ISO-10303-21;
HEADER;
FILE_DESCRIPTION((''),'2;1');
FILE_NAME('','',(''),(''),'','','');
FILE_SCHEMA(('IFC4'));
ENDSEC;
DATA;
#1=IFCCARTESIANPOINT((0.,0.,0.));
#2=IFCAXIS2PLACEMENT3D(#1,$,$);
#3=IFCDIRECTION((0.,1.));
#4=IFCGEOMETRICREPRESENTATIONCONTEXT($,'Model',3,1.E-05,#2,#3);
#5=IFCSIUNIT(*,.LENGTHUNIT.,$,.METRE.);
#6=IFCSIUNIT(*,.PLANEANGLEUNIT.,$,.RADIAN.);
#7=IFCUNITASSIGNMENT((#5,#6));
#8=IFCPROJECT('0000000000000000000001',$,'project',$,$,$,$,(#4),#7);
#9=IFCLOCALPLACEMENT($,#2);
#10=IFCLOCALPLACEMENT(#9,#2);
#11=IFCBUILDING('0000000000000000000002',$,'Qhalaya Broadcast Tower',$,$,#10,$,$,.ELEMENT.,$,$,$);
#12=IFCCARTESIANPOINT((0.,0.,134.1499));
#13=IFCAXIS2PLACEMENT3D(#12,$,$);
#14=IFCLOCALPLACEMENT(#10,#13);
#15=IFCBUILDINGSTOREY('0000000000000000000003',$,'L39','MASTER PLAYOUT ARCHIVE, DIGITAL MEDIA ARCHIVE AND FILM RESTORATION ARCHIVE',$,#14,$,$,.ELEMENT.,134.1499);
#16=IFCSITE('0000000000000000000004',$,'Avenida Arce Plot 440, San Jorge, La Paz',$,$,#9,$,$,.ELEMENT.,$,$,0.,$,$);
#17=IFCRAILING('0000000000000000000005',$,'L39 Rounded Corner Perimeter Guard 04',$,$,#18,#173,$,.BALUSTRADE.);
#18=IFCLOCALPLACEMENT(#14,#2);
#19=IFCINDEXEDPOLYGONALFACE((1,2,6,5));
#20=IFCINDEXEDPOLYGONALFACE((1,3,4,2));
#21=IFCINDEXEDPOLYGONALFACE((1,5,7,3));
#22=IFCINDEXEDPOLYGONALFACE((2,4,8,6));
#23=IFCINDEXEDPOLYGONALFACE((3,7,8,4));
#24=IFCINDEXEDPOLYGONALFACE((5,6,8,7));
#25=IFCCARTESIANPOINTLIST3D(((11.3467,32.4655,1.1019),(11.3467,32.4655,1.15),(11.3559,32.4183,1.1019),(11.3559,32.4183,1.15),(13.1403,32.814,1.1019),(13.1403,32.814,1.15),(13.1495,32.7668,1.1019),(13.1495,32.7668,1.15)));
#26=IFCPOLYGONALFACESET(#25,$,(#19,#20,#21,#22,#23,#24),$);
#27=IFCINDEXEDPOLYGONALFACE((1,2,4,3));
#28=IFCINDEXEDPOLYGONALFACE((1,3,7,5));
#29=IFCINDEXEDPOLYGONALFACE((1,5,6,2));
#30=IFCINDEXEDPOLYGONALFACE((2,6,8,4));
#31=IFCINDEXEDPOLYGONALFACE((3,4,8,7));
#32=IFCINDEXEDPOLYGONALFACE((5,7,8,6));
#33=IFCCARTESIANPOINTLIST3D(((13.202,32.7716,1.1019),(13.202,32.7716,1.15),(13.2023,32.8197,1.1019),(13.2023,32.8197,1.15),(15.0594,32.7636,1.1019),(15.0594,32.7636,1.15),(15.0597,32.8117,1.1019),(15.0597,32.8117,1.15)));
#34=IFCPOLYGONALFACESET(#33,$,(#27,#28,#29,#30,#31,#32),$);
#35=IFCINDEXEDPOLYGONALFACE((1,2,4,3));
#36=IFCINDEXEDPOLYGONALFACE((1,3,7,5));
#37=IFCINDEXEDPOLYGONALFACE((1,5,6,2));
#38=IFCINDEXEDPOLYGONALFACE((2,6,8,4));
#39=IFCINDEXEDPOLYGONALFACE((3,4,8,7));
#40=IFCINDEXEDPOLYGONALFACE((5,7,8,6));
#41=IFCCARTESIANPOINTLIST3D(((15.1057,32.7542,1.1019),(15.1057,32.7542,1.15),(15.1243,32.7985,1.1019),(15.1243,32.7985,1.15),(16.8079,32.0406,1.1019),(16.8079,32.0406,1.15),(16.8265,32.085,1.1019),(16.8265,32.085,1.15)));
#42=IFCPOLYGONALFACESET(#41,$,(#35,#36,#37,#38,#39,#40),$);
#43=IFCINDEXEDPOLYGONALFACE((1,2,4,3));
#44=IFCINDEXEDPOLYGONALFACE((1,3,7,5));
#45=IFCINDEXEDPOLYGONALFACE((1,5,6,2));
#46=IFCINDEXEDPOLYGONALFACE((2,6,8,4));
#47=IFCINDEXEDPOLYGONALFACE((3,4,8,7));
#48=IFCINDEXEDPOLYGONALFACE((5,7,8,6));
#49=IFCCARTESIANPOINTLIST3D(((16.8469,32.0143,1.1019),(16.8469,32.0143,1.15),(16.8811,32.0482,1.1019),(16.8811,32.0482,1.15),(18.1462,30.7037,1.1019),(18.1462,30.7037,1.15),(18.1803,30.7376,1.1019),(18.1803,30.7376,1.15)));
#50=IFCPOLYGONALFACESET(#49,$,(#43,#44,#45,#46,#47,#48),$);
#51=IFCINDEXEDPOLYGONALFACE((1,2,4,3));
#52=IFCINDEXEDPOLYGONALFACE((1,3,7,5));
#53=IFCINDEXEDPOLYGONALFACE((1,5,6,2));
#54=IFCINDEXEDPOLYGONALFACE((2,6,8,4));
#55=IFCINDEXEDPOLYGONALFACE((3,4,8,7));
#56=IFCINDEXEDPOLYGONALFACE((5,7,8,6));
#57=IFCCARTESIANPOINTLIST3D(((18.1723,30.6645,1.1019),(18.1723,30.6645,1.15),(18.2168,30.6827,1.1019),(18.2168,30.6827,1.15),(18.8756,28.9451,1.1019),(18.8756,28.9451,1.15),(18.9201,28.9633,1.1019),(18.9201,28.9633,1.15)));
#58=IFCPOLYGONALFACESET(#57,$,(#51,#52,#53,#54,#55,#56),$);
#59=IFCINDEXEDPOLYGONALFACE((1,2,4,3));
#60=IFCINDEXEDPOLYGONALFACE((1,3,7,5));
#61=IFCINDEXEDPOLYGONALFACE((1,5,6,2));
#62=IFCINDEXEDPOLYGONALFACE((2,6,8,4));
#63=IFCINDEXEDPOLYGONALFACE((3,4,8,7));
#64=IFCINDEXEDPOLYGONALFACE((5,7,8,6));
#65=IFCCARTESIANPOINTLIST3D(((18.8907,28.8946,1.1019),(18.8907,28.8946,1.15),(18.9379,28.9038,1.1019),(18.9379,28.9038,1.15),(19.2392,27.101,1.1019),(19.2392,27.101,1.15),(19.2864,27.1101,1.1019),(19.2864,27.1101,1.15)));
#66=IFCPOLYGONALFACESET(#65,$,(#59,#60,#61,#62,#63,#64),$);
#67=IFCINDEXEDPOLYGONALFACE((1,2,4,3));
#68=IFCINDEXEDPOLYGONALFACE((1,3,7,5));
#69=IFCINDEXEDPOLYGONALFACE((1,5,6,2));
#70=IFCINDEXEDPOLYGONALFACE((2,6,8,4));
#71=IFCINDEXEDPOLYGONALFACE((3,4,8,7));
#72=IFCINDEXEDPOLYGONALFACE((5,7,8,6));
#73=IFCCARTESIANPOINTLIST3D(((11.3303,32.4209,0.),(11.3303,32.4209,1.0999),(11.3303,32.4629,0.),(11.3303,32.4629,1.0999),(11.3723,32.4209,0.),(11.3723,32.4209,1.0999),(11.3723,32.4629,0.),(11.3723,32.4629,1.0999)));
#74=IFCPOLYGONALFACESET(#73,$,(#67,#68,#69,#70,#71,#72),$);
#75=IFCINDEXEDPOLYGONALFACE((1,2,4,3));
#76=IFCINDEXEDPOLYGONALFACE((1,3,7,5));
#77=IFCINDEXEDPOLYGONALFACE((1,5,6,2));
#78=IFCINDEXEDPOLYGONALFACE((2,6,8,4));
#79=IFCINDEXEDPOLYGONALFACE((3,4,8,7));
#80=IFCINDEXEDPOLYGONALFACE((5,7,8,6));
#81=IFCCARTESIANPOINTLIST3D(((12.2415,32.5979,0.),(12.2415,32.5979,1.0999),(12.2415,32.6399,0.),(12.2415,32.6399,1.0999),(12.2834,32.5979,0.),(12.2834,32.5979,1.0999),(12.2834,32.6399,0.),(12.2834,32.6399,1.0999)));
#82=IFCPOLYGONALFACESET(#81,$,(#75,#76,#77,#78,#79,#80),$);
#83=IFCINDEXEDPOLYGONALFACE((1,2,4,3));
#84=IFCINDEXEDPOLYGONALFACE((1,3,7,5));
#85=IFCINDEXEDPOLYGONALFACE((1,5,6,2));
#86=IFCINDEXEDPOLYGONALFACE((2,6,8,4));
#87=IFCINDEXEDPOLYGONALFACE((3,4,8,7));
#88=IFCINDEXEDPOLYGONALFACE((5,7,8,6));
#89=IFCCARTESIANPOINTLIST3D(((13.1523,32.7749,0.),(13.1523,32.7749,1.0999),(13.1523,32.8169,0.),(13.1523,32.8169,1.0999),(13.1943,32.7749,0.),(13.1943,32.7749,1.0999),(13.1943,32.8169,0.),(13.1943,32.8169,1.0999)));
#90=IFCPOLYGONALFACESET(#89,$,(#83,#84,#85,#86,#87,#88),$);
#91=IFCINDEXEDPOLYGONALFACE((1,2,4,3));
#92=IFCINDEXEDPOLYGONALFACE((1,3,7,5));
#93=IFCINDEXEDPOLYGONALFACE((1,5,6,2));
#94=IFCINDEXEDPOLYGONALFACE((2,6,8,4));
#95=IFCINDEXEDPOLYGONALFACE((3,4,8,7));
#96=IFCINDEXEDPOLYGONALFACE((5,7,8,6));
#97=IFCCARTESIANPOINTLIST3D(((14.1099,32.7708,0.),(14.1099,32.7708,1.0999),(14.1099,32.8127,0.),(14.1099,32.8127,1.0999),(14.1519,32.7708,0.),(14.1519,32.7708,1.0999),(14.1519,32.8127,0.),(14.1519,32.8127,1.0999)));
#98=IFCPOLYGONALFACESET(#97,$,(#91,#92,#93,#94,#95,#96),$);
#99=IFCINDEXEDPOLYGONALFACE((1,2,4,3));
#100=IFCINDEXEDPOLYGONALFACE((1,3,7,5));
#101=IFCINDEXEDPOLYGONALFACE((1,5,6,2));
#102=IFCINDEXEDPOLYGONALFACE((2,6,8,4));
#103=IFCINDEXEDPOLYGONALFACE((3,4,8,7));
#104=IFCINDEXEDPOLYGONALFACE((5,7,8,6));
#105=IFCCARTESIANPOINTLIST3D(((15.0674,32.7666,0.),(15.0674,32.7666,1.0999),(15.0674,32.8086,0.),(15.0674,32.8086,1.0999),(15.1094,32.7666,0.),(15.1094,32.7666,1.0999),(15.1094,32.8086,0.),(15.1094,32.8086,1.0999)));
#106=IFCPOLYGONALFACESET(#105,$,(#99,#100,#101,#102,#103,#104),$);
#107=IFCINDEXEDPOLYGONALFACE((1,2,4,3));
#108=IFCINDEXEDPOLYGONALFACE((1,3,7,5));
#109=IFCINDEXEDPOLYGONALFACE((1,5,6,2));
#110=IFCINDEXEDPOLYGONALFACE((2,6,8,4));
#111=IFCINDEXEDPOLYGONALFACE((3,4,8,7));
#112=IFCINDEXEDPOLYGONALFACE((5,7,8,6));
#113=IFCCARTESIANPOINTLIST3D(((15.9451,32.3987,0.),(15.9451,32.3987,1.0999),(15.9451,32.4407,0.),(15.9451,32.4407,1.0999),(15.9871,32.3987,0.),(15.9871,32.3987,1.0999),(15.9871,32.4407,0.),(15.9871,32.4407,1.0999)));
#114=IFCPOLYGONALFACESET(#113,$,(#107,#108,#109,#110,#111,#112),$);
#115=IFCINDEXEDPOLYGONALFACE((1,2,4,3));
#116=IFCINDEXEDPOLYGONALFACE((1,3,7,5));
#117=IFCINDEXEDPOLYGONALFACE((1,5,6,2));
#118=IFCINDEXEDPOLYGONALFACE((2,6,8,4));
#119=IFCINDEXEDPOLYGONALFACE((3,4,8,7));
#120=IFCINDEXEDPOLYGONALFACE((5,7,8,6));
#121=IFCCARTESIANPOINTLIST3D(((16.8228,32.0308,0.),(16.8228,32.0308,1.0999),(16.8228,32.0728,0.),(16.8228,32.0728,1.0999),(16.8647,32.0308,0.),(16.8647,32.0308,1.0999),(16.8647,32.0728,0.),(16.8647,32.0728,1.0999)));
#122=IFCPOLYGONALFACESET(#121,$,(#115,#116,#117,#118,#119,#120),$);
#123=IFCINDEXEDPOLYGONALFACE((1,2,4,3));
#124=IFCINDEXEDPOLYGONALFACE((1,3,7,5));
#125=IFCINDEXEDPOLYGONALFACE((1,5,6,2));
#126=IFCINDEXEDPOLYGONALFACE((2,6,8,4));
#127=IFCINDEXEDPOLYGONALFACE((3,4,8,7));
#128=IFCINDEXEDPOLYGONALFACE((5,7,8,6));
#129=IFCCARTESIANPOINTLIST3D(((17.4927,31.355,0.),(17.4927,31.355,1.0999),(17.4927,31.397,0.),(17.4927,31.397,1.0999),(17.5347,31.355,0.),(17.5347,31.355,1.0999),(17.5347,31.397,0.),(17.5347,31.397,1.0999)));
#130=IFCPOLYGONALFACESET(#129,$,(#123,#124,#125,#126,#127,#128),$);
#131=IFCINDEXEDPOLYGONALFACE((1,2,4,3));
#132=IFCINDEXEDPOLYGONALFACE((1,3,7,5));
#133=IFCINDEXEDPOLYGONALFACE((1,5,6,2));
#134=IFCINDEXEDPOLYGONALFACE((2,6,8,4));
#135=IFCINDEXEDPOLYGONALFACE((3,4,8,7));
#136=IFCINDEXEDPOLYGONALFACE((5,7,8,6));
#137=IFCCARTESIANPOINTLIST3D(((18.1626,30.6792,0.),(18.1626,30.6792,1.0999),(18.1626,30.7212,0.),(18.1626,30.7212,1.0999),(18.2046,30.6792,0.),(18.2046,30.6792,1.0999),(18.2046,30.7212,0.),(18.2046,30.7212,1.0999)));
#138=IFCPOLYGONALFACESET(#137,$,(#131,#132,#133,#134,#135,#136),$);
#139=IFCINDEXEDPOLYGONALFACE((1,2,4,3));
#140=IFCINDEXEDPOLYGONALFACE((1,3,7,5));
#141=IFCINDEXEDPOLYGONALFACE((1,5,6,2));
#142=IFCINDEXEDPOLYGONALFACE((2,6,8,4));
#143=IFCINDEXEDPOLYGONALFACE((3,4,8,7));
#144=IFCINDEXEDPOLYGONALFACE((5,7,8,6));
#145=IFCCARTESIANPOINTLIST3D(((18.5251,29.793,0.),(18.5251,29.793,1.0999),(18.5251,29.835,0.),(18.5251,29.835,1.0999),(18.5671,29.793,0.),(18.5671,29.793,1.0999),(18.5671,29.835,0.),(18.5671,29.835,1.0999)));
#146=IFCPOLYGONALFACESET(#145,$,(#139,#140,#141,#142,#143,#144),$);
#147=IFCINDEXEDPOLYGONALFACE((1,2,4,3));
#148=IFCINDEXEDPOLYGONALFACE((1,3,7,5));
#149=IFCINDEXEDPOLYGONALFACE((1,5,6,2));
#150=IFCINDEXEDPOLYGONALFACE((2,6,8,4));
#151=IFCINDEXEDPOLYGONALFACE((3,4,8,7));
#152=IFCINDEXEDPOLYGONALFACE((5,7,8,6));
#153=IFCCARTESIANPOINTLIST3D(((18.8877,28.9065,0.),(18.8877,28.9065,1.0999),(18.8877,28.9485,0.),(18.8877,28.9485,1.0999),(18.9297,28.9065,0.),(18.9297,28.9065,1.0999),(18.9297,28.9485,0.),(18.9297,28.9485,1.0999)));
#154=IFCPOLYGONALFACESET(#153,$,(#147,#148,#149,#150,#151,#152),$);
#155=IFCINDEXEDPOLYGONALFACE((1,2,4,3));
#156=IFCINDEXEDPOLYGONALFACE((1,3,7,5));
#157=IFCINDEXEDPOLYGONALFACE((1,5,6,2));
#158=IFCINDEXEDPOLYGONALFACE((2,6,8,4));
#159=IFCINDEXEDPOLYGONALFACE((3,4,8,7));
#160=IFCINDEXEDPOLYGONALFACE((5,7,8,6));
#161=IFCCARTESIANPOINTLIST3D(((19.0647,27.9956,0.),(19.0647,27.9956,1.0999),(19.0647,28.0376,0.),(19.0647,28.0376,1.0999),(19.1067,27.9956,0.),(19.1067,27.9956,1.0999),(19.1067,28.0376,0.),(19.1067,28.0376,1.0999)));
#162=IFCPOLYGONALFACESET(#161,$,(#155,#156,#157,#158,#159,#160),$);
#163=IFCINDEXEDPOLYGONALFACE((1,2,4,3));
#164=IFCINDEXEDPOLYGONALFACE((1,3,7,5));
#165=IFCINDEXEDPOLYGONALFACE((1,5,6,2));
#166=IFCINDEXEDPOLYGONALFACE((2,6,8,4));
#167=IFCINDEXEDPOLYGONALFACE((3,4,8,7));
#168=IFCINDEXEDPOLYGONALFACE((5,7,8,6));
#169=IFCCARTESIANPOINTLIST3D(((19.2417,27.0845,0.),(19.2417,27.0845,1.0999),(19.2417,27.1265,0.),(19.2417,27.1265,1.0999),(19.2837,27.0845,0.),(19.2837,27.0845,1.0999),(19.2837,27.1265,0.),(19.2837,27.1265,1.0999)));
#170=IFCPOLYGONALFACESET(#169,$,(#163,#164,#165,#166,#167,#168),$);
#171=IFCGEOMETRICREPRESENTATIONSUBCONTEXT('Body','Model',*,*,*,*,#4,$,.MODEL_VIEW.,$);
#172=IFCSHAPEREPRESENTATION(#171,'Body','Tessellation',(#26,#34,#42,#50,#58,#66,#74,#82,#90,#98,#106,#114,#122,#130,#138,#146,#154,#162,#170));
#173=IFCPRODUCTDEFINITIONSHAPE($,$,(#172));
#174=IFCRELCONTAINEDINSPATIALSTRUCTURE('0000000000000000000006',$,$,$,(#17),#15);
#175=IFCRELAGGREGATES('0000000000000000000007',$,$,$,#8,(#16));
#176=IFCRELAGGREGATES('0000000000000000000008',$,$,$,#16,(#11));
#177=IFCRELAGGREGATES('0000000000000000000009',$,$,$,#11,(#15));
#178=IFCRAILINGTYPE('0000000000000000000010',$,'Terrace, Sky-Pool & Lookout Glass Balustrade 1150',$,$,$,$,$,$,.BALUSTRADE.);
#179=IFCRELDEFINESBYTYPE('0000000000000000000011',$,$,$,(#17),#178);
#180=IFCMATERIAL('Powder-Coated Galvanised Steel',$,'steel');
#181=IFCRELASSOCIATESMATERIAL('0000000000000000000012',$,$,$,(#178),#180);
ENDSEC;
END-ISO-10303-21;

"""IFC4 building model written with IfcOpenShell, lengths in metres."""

from ifc_helpers import new_model, si_unit, direction, frame, origin, origin_2d, place, context, subcontext, project, spatial, rectangle, extrude, material, type_object, element, save


model = new_model("IFC4")

# Units and contexts
model_context = context("Model", 3, precision=1e-05, world=origin(), true_north=direction((0.0, 1.0)))
body_context = subcontext(model_context, "Body", "Model", "MODEL_VIEW")
ifc_project = project(units=[si_unit("LENGTHUNIT", "METRE"), si_unit("PLANEANGLEUNIT", "RADIAN")], contexts=[model_context])

# Site, building, storey
site_placement = place(None, origin())
site = spatial("IfcSite", under=ifc_project, at=site_placement, Name="Avenida Arce Plot 440, San Jorge, La Paz", CompositionType="ELEMENT", RefElevation=0.0)
building_placement = place(site_placement, origin())
building = spatial("IfcBuilding", under=site, at=building_placement, Name="Qhalaya Broadcast Tower", CompositionType="ELEMENT")
storey_placement = place(building_placement, frame((0.0, 0.0, 134.1499)))
storey = spatial("IfcBuildingStorey", under=building, at=storey_placement, Name="L39", Description="MASTER PLAYOUT ARCHIVE, DIGITAL MEDIA ARCHIVE AND FILM RESTORATION ARCHIVE", CompositionType="ELEMENT", Elevation=134.1499)

# Railing
ifc_material_1 = material(Name="Powder-Coated Galvanised Steel", Category="steel")
railing_type = type_object("IfcRailingType", Name="Terrace, Sky-Pool & Lookout Glass Balustrade 1150", PredefinedType="BALUSTRADE", material=ifc_material_1)
railing_placement = place(storey_placement, frame((11.3513, 32.4419, 0.0)))
element("IfcRailing", 1, at=railing_placement, inside=storey, type_object=railing_type, Name="L39 Rounded Corner Perimeter Guard 04", PredefinedType="BALUSTRADE", context=body_context, shape_type="SweptSolid", body=[
    extrude(rectangle(XDim=0.0481, YDim=0.0481, at=origin_2d()), frame((0.0, 0.0, 1.126), z_axis=(0.981643, 0.190725, 0.0), x_axis=(-0.190725, 0.981643, 0.0)), (0.0, 0.0, 1.0), 1.8271),
    extrude(rectangle(XDim=0.0481, YDim=0.0481, at=origin_2d()), frame((1.8508, 0.3538, 1.126), z_axis=(0.999991, -0.004334, 0.0), x_axis=(0.004334, 0.999991, 0.0)), (0.0, 0.0, 1.0), 1.8574),
    extrude(rectangle(XDim=0.0481, YDim=0.0481, at=origin_2d()), frame((3.7637, 0.3345, 1.126), z_axis=(0.922247, -0.3866, 0.0), x_axis=(0.3866, 0.922247, 0.0)), (0.0, 0.0, 1.0), 1.8457),
    extrude(rectangle(XDim=0.0481, YDim=0.0481, at=origin_2d()), frame((5.5127, -0.4106, 1.126), z_axis=(0.704021, -0.710179, 0.0), x_axis=(0.710179, 0.704021, 0.0)), (0.0, 0.0, 1.0), 1.8455),
    extrude(rectangle(XDim=0.0481, YDim=0.0481, at=origin_2d()), frame((6.8433, -1.7683, 1.126), z_axis=(0.378588, -0.925565, 0.0), x_axis=(0.925565, 0.378588, 0.0)), (0.0, 0.0, 1.0), 1.8577),
    extrude(rectangle(XDim=0.0481, YDim=0.0481, at=origin_2d()), frame((7.563, -3.5427, 1.126), z_axis=(0.190725, -0.981643, 0.0), x_axis=(0.981643, 0.190725, 0.0)), (0.0, 0.0, 1.0), 1.8271),
    extrude(rectangle(XDim=0.042, YDim=0.042, at=origin_2d()), origin(), (0.0, 0.0, 1.0), 1.0999),
    extrude(rectangle(XDim=0.042, YDim=0.042, at=origin_2d()), frame((0.9111, 0.177, 0.0)), (0.0, 0.0, 1.0), 1.0999),
    extrude(rectangle(XDim=0.042, YDim=0.042, at=origin_2d()), frame((1.822, 0.354, 0.0)), (0.0, 0.0, 1.0), 1.0999),
    extrude(rectangle(XDim=0.042, YDim=0.042, at=origin_2d()), frame((2.7795, 0.3499, 0.0)), (0.0, 0.0, 1.0), 1.0999),
    extrude(rectangle(XDim=0.042, YDim=0.042, at=origin_2d()), frame((3.7371, 0.3457, 0.0)), (0.0, 0.0, 1.0), 1.0999),
    extrude(rectangle(XDim=0.042, YDim=0.042, at=origin_2d()), frame((4.6147, -0.0222, 0.0)), (0.0, 0.0, 1.0), 1.0999),
    extrude(rectangle(XDim=0.042, YDim=0.042, at=origin_2d()), frame((5.4924, -0.3901, 0.0)), (0.0, 0.0, 1.0), 1.0999),
    extrude(rectangle(XDim=0.042, YDim=0.042, at=origin_2d()), frame((6.1624, -1.0659, 0.0)), (0.0, 0.0, 1.0), 1.0999),
    extrude(rectangle(XDim=0.042, YDim=0.042, at=origin_2d()), frame((6.8323, -1.7417, 0.0)), (0.0, 0.0, 1.0), 1.0999),
    extrude(rectangle(XDim=0.042, YDim=0.042, at=origin_2d()), frame((7.1948, -2.6279, 0.0)), (0.0, 0.0, 1.0), 1.0999),
    extrude(rectangle(XDim=0.042, YDim=0.042, at=origin_2d()), frame((7.5574, -3.5144, 0.0)), (0.0, 0.0, 1.0), 1.0999),
    extrude(rectangle(XDim=0.042, YDim=0.042, at=origin_2d()), frame((7.7344, -4.4253, 0.0)), (0.0, 0.0, 1.0), 1.0999),
    extrude(rectangle(XDim=0.042, YDim=0.042, at=origin_2d()), frame((7.9114, -5.3364, 0.0)), (0.0, 0.0, 1.0), 1.0999),
])

save(model, "model.ifc")
